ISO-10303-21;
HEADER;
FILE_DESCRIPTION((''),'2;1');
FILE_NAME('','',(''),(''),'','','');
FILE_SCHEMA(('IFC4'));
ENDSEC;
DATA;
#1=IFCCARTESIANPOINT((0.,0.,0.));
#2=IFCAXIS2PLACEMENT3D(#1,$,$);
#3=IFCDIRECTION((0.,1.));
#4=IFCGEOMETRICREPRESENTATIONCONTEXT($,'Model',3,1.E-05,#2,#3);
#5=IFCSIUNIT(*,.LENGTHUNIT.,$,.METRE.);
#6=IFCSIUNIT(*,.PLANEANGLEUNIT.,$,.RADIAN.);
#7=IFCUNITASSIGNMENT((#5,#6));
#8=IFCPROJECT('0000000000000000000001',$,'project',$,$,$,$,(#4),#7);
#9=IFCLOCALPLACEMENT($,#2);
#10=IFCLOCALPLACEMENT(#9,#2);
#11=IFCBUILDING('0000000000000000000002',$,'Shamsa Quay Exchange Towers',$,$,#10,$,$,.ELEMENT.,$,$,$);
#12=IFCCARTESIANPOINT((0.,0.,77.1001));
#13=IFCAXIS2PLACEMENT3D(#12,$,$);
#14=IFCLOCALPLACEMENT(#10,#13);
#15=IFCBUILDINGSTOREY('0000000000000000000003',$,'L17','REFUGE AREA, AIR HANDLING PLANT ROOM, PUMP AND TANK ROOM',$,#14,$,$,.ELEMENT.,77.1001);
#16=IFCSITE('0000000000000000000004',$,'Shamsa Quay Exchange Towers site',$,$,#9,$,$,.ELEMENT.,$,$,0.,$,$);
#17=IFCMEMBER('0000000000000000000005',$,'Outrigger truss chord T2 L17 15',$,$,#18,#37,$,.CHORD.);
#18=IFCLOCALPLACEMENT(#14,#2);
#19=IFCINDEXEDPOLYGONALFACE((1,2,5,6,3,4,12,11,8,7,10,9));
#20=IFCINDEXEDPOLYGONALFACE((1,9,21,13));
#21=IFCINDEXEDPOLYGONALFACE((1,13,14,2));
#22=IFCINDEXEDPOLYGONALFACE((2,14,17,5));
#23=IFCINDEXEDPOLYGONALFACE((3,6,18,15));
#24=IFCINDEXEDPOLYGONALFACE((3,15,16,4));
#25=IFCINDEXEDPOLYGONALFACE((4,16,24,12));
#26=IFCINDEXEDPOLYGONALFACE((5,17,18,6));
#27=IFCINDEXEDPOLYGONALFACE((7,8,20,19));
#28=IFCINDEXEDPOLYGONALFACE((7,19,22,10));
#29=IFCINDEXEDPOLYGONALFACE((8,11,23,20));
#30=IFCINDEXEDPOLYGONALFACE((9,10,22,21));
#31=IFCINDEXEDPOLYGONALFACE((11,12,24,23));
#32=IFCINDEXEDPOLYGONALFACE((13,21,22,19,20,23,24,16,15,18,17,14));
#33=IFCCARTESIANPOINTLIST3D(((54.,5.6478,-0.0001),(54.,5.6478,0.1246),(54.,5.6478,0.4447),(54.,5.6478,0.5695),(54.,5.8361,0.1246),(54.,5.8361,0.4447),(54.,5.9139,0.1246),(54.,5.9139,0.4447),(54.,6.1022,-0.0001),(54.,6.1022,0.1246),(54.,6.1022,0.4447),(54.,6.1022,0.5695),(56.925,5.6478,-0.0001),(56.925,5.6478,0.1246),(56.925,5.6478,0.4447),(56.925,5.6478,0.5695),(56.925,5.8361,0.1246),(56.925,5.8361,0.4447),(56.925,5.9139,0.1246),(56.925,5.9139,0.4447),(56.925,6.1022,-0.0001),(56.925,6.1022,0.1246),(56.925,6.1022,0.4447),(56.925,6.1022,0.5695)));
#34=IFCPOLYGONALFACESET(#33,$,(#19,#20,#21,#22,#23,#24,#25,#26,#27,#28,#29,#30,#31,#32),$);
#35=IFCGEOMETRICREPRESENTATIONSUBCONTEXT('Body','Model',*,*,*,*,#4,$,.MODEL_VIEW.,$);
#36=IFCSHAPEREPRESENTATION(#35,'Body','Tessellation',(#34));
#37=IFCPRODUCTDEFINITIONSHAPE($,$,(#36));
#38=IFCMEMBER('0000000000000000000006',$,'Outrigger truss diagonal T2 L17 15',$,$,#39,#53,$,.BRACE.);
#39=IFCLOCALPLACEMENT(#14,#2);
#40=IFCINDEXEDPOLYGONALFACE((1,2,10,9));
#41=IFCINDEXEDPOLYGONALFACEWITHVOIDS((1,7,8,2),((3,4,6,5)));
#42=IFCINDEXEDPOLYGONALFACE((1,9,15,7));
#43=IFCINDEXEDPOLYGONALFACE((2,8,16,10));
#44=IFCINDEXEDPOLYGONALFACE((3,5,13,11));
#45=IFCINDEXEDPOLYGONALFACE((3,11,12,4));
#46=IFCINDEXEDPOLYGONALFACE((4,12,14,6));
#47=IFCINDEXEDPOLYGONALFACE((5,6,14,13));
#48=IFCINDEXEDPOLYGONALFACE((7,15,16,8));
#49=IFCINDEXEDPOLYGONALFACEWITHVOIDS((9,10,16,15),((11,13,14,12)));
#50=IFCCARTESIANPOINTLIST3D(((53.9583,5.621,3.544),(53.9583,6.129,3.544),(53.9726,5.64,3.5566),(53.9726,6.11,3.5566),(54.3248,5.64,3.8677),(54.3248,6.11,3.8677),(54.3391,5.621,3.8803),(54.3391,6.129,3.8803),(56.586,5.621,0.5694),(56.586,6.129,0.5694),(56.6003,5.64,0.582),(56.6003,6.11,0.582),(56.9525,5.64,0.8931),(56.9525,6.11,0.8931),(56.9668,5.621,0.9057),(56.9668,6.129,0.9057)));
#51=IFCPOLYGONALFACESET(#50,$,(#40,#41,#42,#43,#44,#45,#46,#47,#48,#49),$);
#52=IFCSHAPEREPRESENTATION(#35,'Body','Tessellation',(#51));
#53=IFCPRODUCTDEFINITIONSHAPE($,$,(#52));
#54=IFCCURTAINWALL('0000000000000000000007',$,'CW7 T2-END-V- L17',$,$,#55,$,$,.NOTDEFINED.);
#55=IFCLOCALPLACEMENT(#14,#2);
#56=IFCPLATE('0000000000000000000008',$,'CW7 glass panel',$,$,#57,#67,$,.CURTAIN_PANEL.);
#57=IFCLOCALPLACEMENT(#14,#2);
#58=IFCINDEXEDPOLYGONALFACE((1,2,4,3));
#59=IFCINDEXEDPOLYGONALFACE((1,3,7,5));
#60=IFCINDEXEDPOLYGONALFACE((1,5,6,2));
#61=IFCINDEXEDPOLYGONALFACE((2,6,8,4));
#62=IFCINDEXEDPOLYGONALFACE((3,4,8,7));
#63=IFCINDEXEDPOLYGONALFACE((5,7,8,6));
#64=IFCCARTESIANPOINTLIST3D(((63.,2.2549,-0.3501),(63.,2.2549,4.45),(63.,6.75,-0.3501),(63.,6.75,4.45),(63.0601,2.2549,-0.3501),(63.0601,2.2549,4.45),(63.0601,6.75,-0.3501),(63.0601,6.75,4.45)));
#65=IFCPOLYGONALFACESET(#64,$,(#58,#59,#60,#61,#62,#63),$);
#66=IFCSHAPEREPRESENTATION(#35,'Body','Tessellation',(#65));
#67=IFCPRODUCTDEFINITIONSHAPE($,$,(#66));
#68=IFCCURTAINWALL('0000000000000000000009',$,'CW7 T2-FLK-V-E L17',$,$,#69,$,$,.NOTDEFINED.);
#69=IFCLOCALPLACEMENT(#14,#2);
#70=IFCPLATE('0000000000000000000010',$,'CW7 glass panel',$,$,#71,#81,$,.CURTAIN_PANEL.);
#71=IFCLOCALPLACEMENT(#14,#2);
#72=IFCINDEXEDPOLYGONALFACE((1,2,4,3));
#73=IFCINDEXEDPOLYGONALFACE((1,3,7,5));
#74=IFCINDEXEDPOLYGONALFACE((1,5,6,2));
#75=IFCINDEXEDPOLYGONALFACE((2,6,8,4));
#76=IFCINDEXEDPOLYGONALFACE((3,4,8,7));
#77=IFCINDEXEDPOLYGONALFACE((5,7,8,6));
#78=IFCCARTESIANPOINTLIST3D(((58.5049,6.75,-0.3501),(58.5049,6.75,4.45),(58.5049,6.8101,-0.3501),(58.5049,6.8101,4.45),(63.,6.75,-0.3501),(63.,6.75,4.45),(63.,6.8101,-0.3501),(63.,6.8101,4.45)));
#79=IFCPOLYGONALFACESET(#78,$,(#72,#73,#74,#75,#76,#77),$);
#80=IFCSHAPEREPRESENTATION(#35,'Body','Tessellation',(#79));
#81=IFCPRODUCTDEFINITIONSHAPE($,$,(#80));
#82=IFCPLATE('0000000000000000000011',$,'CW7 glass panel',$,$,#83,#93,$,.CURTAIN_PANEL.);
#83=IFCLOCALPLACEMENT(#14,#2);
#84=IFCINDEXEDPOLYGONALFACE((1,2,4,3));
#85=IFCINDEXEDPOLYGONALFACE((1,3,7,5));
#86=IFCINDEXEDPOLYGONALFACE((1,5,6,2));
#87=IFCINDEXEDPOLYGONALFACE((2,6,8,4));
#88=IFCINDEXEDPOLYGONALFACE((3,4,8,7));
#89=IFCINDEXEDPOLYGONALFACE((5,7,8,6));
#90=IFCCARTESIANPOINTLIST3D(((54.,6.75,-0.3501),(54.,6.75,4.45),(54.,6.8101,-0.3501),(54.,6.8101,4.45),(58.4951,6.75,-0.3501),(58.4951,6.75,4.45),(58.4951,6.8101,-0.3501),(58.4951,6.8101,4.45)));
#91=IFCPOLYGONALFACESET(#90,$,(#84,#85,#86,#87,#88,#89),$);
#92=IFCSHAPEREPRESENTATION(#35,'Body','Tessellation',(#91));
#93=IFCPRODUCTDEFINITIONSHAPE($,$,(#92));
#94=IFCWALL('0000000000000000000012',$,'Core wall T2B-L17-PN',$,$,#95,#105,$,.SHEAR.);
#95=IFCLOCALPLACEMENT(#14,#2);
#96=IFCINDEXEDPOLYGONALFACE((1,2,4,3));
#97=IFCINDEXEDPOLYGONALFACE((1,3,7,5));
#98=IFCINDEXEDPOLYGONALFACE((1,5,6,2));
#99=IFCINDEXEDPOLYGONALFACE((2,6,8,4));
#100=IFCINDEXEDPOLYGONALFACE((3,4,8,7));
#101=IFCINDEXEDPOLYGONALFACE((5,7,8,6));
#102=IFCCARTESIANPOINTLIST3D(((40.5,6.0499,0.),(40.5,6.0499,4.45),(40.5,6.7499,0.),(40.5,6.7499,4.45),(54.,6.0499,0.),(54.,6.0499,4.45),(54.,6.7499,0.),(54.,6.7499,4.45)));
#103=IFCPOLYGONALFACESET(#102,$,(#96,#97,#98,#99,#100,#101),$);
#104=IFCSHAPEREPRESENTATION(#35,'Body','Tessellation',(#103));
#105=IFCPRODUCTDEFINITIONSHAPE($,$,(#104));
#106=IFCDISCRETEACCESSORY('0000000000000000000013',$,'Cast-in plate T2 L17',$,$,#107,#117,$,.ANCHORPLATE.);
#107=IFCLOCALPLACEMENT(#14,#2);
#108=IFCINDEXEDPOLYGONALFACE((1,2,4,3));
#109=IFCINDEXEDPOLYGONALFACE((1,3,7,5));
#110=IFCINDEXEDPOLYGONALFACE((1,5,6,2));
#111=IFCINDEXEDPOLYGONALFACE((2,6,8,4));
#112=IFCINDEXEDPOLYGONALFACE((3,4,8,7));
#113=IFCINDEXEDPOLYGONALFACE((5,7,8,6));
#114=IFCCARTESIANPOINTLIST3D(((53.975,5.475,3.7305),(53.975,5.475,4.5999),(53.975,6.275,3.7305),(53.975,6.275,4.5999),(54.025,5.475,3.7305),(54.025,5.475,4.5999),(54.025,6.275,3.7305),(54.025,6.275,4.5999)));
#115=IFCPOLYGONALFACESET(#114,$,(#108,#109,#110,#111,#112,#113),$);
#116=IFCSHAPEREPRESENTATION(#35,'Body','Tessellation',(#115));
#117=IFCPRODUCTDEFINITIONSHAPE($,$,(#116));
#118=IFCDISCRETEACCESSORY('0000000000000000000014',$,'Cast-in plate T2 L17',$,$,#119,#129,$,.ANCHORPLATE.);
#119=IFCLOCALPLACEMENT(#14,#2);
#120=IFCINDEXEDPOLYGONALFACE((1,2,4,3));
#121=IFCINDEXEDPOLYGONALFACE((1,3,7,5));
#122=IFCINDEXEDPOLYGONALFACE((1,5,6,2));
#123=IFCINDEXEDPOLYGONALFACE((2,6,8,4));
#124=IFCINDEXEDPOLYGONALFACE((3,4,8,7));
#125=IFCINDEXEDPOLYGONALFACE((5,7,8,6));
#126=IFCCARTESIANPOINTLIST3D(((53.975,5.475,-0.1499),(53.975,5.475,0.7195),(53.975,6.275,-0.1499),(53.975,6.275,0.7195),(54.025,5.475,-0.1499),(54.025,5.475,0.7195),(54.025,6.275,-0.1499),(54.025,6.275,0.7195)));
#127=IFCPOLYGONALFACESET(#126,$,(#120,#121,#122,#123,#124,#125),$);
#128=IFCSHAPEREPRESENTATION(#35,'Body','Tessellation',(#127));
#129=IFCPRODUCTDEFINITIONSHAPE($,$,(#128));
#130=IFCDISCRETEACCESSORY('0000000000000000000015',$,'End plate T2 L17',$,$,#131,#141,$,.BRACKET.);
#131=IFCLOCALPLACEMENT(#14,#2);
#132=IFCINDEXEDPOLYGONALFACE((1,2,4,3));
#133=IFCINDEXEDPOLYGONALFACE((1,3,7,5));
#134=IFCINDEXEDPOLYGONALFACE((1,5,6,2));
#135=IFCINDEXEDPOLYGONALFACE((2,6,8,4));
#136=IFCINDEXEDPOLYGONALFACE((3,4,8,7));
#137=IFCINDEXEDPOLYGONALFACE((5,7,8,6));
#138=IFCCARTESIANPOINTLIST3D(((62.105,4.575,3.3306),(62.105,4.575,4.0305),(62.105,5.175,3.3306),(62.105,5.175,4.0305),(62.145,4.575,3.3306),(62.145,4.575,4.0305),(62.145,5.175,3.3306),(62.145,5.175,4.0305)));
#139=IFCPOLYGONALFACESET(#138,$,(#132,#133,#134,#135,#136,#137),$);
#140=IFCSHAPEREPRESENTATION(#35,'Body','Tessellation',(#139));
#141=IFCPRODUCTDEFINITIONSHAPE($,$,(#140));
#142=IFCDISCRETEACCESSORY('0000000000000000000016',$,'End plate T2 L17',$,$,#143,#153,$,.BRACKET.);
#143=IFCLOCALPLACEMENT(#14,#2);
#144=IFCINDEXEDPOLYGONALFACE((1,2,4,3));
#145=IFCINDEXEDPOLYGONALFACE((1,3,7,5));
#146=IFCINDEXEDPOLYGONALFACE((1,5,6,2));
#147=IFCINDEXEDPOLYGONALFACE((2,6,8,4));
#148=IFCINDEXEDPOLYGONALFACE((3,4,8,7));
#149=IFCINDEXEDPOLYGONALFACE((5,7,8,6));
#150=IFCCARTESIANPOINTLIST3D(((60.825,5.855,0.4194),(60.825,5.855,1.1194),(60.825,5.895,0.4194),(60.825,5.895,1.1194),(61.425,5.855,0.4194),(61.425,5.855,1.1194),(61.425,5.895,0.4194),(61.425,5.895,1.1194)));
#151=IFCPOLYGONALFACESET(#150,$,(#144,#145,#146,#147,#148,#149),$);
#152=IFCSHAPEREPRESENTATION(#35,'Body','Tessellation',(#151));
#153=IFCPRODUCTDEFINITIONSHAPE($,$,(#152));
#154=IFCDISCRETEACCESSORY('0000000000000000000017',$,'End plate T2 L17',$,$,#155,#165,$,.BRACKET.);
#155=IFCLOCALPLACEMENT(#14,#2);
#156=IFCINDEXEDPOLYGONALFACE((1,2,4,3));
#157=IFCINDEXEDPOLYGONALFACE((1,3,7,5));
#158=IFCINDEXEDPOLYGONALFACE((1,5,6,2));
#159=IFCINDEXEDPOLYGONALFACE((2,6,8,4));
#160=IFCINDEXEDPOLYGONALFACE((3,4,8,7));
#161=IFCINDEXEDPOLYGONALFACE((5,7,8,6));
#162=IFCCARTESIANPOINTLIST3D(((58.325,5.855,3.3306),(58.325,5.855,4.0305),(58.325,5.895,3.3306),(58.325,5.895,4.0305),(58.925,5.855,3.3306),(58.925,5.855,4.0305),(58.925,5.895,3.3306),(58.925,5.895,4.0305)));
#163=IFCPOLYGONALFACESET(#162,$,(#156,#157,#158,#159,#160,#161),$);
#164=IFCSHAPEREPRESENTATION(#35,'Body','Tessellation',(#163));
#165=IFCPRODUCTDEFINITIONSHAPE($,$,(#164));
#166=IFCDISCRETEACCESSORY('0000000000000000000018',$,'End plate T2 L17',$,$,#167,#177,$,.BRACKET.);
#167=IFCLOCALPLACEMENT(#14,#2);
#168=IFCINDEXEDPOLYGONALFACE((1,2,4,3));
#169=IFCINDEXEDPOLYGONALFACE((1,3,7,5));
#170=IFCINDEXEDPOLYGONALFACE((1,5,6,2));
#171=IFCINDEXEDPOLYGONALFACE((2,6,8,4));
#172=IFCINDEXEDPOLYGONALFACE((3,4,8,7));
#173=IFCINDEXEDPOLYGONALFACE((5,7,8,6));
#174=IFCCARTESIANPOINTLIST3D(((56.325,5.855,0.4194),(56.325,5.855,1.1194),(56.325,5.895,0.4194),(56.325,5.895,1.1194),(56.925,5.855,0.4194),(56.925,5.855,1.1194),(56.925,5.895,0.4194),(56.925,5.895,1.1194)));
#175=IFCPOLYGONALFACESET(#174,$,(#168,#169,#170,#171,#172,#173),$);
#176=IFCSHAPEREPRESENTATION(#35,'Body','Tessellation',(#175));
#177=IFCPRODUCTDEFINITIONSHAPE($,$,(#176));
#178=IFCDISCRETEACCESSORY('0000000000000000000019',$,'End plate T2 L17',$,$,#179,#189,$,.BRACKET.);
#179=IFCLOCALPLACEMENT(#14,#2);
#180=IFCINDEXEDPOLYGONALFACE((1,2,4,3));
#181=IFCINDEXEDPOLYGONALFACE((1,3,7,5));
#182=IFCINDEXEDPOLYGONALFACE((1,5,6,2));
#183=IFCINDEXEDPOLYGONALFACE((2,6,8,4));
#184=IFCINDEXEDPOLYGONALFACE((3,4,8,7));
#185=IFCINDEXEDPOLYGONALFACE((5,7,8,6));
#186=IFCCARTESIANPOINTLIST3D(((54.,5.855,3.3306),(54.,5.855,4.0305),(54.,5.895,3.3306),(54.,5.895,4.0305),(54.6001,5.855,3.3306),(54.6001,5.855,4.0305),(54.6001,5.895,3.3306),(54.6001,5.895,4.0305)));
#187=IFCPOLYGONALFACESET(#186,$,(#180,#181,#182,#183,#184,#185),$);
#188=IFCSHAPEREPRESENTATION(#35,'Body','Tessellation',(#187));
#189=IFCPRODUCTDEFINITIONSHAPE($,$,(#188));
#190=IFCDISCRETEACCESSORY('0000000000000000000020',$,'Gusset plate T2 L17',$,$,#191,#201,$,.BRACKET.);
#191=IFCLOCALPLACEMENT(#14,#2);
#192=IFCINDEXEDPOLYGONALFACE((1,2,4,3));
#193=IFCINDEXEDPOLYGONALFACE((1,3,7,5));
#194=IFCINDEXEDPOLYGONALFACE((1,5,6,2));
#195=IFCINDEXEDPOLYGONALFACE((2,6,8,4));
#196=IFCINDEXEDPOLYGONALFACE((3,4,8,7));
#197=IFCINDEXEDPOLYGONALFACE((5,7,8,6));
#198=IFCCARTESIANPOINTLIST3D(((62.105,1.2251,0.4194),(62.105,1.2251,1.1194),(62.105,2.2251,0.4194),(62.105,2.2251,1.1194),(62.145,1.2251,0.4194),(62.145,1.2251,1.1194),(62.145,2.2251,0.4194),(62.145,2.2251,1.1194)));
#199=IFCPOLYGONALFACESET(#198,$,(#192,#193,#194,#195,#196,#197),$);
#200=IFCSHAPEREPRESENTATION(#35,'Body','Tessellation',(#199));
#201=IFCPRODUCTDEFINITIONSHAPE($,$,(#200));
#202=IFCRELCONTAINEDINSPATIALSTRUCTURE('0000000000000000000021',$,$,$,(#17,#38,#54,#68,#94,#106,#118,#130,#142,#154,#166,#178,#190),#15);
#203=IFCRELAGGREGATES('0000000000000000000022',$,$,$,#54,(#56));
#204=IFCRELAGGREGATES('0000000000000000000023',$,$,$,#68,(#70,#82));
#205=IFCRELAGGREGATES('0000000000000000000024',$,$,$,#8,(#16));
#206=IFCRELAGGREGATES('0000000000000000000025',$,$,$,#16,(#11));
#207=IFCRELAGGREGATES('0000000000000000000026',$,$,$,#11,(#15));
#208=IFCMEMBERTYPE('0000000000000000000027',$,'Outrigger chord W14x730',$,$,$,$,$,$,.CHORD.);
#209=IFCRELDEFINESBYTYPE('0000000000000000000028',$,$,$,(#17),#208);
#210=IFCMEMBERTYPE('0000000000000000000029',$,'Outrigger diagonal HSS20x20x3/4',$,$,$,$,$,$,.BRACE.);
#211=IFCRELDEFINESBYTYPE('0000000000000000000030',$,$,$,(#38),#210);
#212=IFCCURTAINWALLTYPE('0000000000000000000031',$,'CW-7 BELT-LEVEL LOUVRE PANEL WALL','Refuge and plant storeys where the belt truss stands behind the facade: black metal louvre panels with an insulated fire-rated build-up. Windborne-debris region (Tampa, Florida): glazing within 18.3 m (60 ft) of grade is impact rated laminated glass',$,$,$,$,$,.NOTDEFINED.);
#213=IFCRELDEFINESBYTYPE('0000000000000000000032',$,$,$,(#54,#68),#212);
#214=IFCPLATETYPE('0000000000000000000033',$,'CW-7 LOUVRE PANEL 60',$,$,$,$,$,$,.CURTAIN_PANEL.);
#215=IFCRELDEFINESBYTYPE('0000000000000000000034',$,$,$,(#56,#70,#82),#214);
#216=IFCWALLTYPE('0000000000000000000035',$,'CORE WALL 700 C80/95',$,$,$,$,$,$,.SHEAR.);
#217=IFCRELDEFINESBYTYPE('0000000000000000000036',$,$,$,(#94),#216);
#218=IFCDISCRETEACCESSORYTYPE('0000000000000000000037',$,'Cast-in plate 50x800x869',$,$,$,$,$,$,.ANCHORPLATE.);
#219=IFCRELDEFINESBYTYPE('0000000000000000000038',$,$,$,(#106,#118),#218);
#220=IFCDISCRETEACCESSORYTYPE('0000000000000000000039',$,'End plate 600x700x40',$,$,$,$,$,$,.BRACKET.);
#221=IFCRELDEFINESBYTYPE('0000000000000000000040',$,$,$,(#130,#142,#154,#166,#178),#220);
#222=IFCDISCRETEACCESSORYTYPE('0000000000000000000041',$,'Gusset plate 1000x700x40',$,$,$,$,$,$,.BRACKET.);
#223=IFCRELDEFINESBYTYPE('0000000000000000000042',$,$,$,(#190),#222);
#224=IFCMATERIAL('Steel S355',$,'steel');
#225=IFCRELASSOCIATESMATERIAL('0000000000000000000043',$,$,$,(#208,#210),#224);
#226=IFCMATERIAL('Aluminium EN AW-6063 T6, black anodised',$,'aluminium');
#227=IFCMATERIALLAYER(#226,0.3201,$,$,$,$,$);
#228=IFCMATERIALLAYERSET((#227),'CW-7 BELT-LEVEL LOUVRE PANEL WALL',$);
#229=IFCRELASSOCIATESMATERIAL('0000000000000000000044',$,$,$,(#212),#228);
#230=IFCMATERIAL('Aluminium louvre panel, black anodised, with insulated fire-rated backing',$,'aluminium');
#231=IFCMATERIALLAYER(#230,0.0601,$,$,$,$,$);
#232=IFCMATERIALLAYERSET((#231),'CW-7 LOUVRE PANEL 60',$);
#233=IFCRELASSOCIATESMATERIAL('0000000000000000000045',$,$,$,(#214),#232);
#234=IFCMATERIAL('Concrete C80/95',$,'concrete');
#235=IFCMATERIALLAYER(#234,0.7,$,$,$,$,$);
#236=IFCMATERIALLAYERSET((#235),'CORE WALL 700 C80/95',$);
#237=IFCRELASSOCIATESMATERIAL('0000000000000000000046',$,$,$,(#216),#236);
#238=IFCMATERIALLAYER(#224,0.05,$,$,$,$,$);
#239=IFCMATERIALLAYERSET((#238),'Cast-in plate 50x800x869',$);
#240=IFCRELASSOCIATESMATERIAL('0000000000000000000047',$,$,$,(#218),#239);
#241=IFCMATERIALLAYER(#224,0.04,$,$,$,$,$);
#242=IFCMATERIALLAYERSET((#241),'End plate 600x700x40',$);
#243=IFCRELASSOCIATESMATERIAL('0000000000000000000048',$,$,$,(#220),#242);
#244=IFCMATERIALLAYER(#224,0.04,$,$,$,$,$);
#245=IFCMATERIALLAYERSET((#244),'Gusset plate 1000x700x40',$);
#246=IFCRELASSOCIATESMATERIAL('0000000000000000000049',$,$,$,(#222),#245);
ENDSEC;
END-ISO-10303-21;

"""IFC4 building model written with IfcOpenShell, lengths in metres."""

from ifc_helpers import new_model, si_unit, direction, frame, frame_2d, origin, origin_2d, place, context, subcontext, project, spatial, rectangle, hollow_rectangle, i_section, extrude, material, layer, layer_set, material_profile, profile_set, type_object, element, aggregate, save


model = new_model("IFC4")

# Units and contexts
model_context = context("Model", 3, precision=1e-05, world=origin(), true_north=direction((0.0, 1.0)))
body_context = subcontext(model_context, "Body", "Model", "MODEL_VIEW")
ifc_project = project(units=[si_unit("LENGTHUNIT", "METRE"), si_unit("PLANEANGLEUNIT", "RADIAN")], contexts=[model_context])

# Site, building, storey
site_placement = place(None, origin())
site = spatial("IfcSite", under=ifc_project, at=site_placement, Name="Shamsa Quay Exchange Towers site", CompositionType="ELEMENT", RefElevation=0.0)
building_placement = place(site_placement, origin())
building = spatial("IfcBuilding", under=site, at=building_placement, Name="Shamsa Quay Exchange Towers", CompositionType="ELEMENT")
storey_placement = place(building_placement, frame((0.0, 0.0, 77.1001)))
storey = spatial("IfcBuildingStorey", under=building, at=storey_placement, Name="L17", Description="REFUGE AREA, AIR HANDLING PLANT ROOM, PUMP AND TANK ROOM", CompositionType="ELEMENT", Elevation=77.1001)

# Members
ifc_material_1 = material(Name="Steel S355", Category="steel")
ifc_material_profile_1 = material_profile(ifc_material_1, i_section(OverallWidth=0.4543, OverallDepth=0.5696, WebThickness=0.0779, FlangeThickness=0.1248, at=origin_2d()), Name="W14x730")
ifc_profile_set_1 = profile_set([ifc_material_profile_1], Name="Steel S355")
member_type_1 = type_object("IfcMemberType", Name="Outrigger chord W14x730", PredefinedType="CHORD", material=ifc_profile_set_1)
for number, where, z_axis, x_axis, name in (
    (1, (56.925, 5.875, 0.2847), (-1.0, 0.0, 0.0), (0.0, -1.0, 0.0), "Outrigger truss chord T2 L17 15"),
):
    element("IfcMember", number, at=place(storey_placement, frame(where, z_axis=z_axis, x_axis=x_axis)), inside=storey, type_object=member_type_1, Name=name, PredefinedType="CHORD", context=body_context, shape_type="SweptSolid", body=[
        extrude(i_section(OverallWidth=0.4543, OverallDepth=0.5696, WebThickness=0.0779, FlangeThickness=0.1248, at=origin_2d()), origin(), (0.0, 0.0, 1.0), 2.925),
    ])
ifc_material_profile_2 = material_profile(ifc_material_1, hollow_rectangle(XDim=0.5081, YDim=0.5081, WallThickness=0.019, at=origin_2d()), Name="HSS20x20x3/4")
ifc_profile_set_2 = profile_set([ifc_material_profile_2], Name="Steel S355")
member_type_2 = type_object("IfcMemberType", Name="Outrigger diagonal HSS20x20x3/4", PredefinedType="BRACE", material=ifc_profile_set_2)
member_1_placement = place(storey_placement, frame((56.7764, 5.875, 0.7375), z_axis=(-0.662051, 0.0, 0.749459), x_axis=(0.0, -1.0, 0.0)))
element("IfcMember", 2, at=member_1_placement, inside=storey, type_object=member_type_2, Name="Outrigger truss diagonal T2 L17 15", PredefinedType="BRACE", context=body_context, shape_type="SweptSolid", body=[
    extrude(hollow_rectangle(XDim=0.5081, YDim=0.5081, WallThickness=0.019, at=origin_2d()), origin(), (0.0, 0.0, 1.0), 3.969),
])

# Curtain wall, plate
ifc_material_2 = material(Name="Aluminium EN AW-6063 T6, black anodised", Category="aluminium")
ifc_layer_1 = layer(ifc_material_2, 0.3201)
ifc_layer_set_1 = layer_set([ifc_layer_1], Name="CW-7 BELT-LEVEL LOUVRE PANEL WALL")
curtain_wall_type = type_object("IfcCurtainWallType", Name="CW-7 BELT-LEVEL LOUVRE PANEL WALL", Description="Refuge and plant storeys where the belt truss stands behind the facade: black metal louvre panels with an insulated fire-rated build-up. Windborne-debris region (Tampa, Florida): glazing within 18.3 m (60 ft) of grade is impact rated laminated glass", PredefinedType="NOTDEFINED", material=ifc_layer_set_1)
curtain_wall_1_placement = place(storey_placement, origin())
curtain_wall_1 = element("IfcCurtainWall", 3, at=curtain_wall_1_placement, inside=storey, type_object=curtain_wall_type, Name="CW7 T2-END-V- L17", PredefinedType="NOTDEFINED")
ifc_material_3 = material(Name="Aluminium louvre panel, black anodised, with insulated fire-rated backing", Category="aluminium")
ifc_layer_2 = layer(ifc_material_3, 0.0601)
ifc_layer_set_2 = layer_set([ifc_layer_2], Name="CW-7 LOUVRE PANEL 60")
plate_type = type_object("IfcPlateType", Name="CW-7 LOUVRE PANEL 60", PredefinedType="CURTAIN_PANEL", material=ifc_layer_set_2)
plate_1_placement = place(storey_placement, frame((63.03, 4.5024, -0.3501), z_axis=(0.0, 0.0, 1.0), x_axis=(0.0, 1.0, 0.0)))
plate_1 = element("IfcPlate", 4, at=plate_1_placement, type_object=plate_type, Name="CW7 glass panel", PredefinedType="CURTAIN_PANEL", context=body_context, shape_type="SweptSolid", body=[
    extrude(rectangle(XDim=4.4951, YDim=0.0601, at=origin_2d()), origin(), (0.0, 0.0, 1.0), 4.8),
])
aggregate(curtain_wall_1, [plate_1])

# Curtain wall, plates
curtain_wall_2_placement = place(storey_placement, origin())
curtain_wall_2 = element("IfcCurtainWall", 5, at=curtain_wall_2_placement, inside=storey, type_object=curtain_wall_type, Name="CW7 T2-FLK-V-E L17", PredefinedType="NOTDEFINED")
plate_2_placement = place(storey_placement, frame((60.7524, 6.78, -0.3501), z_axis=(0.0, 0.0, 1.0), x_axis=(-1.0, 0.0, 0.0)))
plate_2 = element("IfcPlate", 6, at=plate_2_placement, type_object=plate_type, Name="CW7 glass panel", PredefinedType="CURTAIN_PANEL", context=body_context, shape_type="SweptSolid", body=[
    extrude(rectangle(XDim=4.4951, YDim=0.0601, at=origin_2d()), origin(), (0.0, 0.0, 1.0), 4.8),
])
plate_3_placement = place(storey_placement, frame((56.2476, 6.78, -0.3501), z_axis=(0.0, 0.0, 1.0), x_axis=(-1.0, 0.0, 0.0)))
plate_3 = element("IfcPlate", 7, at=plate_3_placement, type_object=plate_type, Name="CW7 glass panel", PredefinedType="CURTAIN_PANEL", context=body_context, shape_type="SweptSolid", body=[
    extrude(rectangle(XDim=4.4951, YDim=0.0601, at=origin_2d()), origin(), (0.0, 0.0, 1.0), 4.8),
])
aggregate(curtain_wall_2, [plate_2, plate_3])

# Wall
ifc_material_4 = material(Name="Concrete C80/95", Category="concrete")
ifc_layer_3 = layer(ifc_material_4, 0.7)
ifc_layer_set_3 = layer_set([ifc_layer_3], Name="CORE WALL 700 C80/95")
wall_type = type_object("IfcWallType", Name="CORE WALL 700 C80/95", PredefinedType="SHEAR", material=ifc_layer_set_3)
wall_placement = place(storey_placement, frame((54.0, 6.3999, 0.0), z_axis=(0.0, 0.0, 1.0), x_axis=(-1.0, 0.0, 0.0)))
element("IfcWall", 8, at=wall_placement, inside=storey, type_object=wall_type, Name="Core wall T2B-L17-PN", PredefinedType="SHEAR", context=body_context, shape_type="SweptSolid", body=[
    extrude(rectangle(XDim=13.5, YDim=0.7, at=frame_2d((6.75, 0.0))), origin(), (0.0, 0.0, 1.0), 4.45),
])

# Discrete accessories
ifc_layer_4 = layer(ifc_material_1, 0.05)
ifc_layer_set_4 = layer_set([ifc_layer_4], Name="Cast-in plate 50x800x869")
discrete_accessory_type_1 = type_object("IfcDiscreteAccessoryType", Name="Cast-in plate 50x800x869", PredefinedType="ANCHORPLATE", material=ifc_layer_set_4)
for number, where, z_axis, x_axis, name in (
    (9, (54.0, 5.875, 3.7305), (0.0, 0.0, 1.0), (-1.0, 0.0, 0.0), "Cast-in plate T2 L17"),
    (10, (54.0, 5.875, -0.1499), (0.0, 0.0, 1.0), (-1.0, 0.0, 0.0), "Cast-in plate T2 L17"),
):
    element("IfcDiscreteAccessory", number, at=place(storey_placement, frame(where, z_axis=z_axis, x_axis=x_axis)), inside=storey, type_object=discrete_accessory_type_1, Name=name, PredefinedType="ANCHORPLATE", context=body_context, shape_type="SweptSolid", body=[
        extrude(rectangle(XDim=0.05, YDim=0.8, at=origin_2d()), origin(), (0.0, 0.0, 1.0), 0.8694),
    ])
ifc_layer_5 = layer(ifc_material_1, 0.04)
ifc_layer_set_5 = layer_set([ifc_layer_5], Name="End plate 600x700x40")
discrete_accessory_type_2 = type_object("IfcDiscreteAccessoryType", Name="End plate 600x700x40", PredefinedType="BRACKET", material=ifc_layer_set_5)
for number, where, z_axis, x_axis, name in (
    (11, (62.125, 4.875, 3.3306), (0.0, 0.0, 1.0), (0.0, 1.0, 0.0), "End plate T2 L17"),
    (12, (61.125, 5.875, 0.4194), (0.0, 0.0, 1.0), (-1.0, 0.0, 0.0), "End plate T2 L17"),
    (13, (58.625, 5.875, 3.3306), (0.0, 0.0, 1.0), (-1.0, 0.0, 0.0), "End plate T2 L17"),
    (14, (56.625, 5.875, 0.4194), (0.0, 0.0, 1.0), (-1.0, 0.0, 0.0), "End plate T2 L17"),
    (15, (54.3, 5.875, 3.3306), (0.0, 0.0, 1.0), (-1.0, 0.0, 0.0), "End plate T2 L17"),
):
    element("IfcDiscreteAccessory", number, at=place(storey_placement, frame(where, z_axis=z_axis, x_axis=x_axis)), inside=storey, type_object=discrete_accessory_type_2, Name=name, PredefinedType="BRACKET", context=body_context, shape_type="SweptSolid", body=[
        extrude(rectangle(XDim=0.6001, YDim=0.04, at=origin_2d()), origin(), (0.0, 0.0, 1.0), 0.7),
    ])
ifc_layer_6 = layer(ifc_material_1, 0.04)
ifc_layer_set_6 = layer_set([ifc_layer_6], Name="Gusset plate 1000x700x40")
discrete_accessory_type_3 = type_object("IfcDiscreteAccessoryType", Name="Gusset plate 1000x700x40", PredefinedType="BRACKET", material=ifc_layer_set_6)
discrete_accessory_placement = place(storey_placement, frame((62.125, 1.7251, 0.4194), z_axis=(0.0, 0.0, 1.0), x_axis=(0.0, 1.0, 0.0)))
element("IfcDiscreteAccessory", 16, at=discrete_accessory_placement, inside=storey, type_object=discrete_accessory_type_3, Name="Gusset plate T2 L17", PredefinedType="BRACKET", context=body_context, shape_type="SweptSolid", body=[
    extrude(rectangle(XDim=1.0, YDim=0.04, at=origin_2d()), origin(), (0.0, 0.0, 1.0), 0.7),
])

save(model, "model.ifc")
